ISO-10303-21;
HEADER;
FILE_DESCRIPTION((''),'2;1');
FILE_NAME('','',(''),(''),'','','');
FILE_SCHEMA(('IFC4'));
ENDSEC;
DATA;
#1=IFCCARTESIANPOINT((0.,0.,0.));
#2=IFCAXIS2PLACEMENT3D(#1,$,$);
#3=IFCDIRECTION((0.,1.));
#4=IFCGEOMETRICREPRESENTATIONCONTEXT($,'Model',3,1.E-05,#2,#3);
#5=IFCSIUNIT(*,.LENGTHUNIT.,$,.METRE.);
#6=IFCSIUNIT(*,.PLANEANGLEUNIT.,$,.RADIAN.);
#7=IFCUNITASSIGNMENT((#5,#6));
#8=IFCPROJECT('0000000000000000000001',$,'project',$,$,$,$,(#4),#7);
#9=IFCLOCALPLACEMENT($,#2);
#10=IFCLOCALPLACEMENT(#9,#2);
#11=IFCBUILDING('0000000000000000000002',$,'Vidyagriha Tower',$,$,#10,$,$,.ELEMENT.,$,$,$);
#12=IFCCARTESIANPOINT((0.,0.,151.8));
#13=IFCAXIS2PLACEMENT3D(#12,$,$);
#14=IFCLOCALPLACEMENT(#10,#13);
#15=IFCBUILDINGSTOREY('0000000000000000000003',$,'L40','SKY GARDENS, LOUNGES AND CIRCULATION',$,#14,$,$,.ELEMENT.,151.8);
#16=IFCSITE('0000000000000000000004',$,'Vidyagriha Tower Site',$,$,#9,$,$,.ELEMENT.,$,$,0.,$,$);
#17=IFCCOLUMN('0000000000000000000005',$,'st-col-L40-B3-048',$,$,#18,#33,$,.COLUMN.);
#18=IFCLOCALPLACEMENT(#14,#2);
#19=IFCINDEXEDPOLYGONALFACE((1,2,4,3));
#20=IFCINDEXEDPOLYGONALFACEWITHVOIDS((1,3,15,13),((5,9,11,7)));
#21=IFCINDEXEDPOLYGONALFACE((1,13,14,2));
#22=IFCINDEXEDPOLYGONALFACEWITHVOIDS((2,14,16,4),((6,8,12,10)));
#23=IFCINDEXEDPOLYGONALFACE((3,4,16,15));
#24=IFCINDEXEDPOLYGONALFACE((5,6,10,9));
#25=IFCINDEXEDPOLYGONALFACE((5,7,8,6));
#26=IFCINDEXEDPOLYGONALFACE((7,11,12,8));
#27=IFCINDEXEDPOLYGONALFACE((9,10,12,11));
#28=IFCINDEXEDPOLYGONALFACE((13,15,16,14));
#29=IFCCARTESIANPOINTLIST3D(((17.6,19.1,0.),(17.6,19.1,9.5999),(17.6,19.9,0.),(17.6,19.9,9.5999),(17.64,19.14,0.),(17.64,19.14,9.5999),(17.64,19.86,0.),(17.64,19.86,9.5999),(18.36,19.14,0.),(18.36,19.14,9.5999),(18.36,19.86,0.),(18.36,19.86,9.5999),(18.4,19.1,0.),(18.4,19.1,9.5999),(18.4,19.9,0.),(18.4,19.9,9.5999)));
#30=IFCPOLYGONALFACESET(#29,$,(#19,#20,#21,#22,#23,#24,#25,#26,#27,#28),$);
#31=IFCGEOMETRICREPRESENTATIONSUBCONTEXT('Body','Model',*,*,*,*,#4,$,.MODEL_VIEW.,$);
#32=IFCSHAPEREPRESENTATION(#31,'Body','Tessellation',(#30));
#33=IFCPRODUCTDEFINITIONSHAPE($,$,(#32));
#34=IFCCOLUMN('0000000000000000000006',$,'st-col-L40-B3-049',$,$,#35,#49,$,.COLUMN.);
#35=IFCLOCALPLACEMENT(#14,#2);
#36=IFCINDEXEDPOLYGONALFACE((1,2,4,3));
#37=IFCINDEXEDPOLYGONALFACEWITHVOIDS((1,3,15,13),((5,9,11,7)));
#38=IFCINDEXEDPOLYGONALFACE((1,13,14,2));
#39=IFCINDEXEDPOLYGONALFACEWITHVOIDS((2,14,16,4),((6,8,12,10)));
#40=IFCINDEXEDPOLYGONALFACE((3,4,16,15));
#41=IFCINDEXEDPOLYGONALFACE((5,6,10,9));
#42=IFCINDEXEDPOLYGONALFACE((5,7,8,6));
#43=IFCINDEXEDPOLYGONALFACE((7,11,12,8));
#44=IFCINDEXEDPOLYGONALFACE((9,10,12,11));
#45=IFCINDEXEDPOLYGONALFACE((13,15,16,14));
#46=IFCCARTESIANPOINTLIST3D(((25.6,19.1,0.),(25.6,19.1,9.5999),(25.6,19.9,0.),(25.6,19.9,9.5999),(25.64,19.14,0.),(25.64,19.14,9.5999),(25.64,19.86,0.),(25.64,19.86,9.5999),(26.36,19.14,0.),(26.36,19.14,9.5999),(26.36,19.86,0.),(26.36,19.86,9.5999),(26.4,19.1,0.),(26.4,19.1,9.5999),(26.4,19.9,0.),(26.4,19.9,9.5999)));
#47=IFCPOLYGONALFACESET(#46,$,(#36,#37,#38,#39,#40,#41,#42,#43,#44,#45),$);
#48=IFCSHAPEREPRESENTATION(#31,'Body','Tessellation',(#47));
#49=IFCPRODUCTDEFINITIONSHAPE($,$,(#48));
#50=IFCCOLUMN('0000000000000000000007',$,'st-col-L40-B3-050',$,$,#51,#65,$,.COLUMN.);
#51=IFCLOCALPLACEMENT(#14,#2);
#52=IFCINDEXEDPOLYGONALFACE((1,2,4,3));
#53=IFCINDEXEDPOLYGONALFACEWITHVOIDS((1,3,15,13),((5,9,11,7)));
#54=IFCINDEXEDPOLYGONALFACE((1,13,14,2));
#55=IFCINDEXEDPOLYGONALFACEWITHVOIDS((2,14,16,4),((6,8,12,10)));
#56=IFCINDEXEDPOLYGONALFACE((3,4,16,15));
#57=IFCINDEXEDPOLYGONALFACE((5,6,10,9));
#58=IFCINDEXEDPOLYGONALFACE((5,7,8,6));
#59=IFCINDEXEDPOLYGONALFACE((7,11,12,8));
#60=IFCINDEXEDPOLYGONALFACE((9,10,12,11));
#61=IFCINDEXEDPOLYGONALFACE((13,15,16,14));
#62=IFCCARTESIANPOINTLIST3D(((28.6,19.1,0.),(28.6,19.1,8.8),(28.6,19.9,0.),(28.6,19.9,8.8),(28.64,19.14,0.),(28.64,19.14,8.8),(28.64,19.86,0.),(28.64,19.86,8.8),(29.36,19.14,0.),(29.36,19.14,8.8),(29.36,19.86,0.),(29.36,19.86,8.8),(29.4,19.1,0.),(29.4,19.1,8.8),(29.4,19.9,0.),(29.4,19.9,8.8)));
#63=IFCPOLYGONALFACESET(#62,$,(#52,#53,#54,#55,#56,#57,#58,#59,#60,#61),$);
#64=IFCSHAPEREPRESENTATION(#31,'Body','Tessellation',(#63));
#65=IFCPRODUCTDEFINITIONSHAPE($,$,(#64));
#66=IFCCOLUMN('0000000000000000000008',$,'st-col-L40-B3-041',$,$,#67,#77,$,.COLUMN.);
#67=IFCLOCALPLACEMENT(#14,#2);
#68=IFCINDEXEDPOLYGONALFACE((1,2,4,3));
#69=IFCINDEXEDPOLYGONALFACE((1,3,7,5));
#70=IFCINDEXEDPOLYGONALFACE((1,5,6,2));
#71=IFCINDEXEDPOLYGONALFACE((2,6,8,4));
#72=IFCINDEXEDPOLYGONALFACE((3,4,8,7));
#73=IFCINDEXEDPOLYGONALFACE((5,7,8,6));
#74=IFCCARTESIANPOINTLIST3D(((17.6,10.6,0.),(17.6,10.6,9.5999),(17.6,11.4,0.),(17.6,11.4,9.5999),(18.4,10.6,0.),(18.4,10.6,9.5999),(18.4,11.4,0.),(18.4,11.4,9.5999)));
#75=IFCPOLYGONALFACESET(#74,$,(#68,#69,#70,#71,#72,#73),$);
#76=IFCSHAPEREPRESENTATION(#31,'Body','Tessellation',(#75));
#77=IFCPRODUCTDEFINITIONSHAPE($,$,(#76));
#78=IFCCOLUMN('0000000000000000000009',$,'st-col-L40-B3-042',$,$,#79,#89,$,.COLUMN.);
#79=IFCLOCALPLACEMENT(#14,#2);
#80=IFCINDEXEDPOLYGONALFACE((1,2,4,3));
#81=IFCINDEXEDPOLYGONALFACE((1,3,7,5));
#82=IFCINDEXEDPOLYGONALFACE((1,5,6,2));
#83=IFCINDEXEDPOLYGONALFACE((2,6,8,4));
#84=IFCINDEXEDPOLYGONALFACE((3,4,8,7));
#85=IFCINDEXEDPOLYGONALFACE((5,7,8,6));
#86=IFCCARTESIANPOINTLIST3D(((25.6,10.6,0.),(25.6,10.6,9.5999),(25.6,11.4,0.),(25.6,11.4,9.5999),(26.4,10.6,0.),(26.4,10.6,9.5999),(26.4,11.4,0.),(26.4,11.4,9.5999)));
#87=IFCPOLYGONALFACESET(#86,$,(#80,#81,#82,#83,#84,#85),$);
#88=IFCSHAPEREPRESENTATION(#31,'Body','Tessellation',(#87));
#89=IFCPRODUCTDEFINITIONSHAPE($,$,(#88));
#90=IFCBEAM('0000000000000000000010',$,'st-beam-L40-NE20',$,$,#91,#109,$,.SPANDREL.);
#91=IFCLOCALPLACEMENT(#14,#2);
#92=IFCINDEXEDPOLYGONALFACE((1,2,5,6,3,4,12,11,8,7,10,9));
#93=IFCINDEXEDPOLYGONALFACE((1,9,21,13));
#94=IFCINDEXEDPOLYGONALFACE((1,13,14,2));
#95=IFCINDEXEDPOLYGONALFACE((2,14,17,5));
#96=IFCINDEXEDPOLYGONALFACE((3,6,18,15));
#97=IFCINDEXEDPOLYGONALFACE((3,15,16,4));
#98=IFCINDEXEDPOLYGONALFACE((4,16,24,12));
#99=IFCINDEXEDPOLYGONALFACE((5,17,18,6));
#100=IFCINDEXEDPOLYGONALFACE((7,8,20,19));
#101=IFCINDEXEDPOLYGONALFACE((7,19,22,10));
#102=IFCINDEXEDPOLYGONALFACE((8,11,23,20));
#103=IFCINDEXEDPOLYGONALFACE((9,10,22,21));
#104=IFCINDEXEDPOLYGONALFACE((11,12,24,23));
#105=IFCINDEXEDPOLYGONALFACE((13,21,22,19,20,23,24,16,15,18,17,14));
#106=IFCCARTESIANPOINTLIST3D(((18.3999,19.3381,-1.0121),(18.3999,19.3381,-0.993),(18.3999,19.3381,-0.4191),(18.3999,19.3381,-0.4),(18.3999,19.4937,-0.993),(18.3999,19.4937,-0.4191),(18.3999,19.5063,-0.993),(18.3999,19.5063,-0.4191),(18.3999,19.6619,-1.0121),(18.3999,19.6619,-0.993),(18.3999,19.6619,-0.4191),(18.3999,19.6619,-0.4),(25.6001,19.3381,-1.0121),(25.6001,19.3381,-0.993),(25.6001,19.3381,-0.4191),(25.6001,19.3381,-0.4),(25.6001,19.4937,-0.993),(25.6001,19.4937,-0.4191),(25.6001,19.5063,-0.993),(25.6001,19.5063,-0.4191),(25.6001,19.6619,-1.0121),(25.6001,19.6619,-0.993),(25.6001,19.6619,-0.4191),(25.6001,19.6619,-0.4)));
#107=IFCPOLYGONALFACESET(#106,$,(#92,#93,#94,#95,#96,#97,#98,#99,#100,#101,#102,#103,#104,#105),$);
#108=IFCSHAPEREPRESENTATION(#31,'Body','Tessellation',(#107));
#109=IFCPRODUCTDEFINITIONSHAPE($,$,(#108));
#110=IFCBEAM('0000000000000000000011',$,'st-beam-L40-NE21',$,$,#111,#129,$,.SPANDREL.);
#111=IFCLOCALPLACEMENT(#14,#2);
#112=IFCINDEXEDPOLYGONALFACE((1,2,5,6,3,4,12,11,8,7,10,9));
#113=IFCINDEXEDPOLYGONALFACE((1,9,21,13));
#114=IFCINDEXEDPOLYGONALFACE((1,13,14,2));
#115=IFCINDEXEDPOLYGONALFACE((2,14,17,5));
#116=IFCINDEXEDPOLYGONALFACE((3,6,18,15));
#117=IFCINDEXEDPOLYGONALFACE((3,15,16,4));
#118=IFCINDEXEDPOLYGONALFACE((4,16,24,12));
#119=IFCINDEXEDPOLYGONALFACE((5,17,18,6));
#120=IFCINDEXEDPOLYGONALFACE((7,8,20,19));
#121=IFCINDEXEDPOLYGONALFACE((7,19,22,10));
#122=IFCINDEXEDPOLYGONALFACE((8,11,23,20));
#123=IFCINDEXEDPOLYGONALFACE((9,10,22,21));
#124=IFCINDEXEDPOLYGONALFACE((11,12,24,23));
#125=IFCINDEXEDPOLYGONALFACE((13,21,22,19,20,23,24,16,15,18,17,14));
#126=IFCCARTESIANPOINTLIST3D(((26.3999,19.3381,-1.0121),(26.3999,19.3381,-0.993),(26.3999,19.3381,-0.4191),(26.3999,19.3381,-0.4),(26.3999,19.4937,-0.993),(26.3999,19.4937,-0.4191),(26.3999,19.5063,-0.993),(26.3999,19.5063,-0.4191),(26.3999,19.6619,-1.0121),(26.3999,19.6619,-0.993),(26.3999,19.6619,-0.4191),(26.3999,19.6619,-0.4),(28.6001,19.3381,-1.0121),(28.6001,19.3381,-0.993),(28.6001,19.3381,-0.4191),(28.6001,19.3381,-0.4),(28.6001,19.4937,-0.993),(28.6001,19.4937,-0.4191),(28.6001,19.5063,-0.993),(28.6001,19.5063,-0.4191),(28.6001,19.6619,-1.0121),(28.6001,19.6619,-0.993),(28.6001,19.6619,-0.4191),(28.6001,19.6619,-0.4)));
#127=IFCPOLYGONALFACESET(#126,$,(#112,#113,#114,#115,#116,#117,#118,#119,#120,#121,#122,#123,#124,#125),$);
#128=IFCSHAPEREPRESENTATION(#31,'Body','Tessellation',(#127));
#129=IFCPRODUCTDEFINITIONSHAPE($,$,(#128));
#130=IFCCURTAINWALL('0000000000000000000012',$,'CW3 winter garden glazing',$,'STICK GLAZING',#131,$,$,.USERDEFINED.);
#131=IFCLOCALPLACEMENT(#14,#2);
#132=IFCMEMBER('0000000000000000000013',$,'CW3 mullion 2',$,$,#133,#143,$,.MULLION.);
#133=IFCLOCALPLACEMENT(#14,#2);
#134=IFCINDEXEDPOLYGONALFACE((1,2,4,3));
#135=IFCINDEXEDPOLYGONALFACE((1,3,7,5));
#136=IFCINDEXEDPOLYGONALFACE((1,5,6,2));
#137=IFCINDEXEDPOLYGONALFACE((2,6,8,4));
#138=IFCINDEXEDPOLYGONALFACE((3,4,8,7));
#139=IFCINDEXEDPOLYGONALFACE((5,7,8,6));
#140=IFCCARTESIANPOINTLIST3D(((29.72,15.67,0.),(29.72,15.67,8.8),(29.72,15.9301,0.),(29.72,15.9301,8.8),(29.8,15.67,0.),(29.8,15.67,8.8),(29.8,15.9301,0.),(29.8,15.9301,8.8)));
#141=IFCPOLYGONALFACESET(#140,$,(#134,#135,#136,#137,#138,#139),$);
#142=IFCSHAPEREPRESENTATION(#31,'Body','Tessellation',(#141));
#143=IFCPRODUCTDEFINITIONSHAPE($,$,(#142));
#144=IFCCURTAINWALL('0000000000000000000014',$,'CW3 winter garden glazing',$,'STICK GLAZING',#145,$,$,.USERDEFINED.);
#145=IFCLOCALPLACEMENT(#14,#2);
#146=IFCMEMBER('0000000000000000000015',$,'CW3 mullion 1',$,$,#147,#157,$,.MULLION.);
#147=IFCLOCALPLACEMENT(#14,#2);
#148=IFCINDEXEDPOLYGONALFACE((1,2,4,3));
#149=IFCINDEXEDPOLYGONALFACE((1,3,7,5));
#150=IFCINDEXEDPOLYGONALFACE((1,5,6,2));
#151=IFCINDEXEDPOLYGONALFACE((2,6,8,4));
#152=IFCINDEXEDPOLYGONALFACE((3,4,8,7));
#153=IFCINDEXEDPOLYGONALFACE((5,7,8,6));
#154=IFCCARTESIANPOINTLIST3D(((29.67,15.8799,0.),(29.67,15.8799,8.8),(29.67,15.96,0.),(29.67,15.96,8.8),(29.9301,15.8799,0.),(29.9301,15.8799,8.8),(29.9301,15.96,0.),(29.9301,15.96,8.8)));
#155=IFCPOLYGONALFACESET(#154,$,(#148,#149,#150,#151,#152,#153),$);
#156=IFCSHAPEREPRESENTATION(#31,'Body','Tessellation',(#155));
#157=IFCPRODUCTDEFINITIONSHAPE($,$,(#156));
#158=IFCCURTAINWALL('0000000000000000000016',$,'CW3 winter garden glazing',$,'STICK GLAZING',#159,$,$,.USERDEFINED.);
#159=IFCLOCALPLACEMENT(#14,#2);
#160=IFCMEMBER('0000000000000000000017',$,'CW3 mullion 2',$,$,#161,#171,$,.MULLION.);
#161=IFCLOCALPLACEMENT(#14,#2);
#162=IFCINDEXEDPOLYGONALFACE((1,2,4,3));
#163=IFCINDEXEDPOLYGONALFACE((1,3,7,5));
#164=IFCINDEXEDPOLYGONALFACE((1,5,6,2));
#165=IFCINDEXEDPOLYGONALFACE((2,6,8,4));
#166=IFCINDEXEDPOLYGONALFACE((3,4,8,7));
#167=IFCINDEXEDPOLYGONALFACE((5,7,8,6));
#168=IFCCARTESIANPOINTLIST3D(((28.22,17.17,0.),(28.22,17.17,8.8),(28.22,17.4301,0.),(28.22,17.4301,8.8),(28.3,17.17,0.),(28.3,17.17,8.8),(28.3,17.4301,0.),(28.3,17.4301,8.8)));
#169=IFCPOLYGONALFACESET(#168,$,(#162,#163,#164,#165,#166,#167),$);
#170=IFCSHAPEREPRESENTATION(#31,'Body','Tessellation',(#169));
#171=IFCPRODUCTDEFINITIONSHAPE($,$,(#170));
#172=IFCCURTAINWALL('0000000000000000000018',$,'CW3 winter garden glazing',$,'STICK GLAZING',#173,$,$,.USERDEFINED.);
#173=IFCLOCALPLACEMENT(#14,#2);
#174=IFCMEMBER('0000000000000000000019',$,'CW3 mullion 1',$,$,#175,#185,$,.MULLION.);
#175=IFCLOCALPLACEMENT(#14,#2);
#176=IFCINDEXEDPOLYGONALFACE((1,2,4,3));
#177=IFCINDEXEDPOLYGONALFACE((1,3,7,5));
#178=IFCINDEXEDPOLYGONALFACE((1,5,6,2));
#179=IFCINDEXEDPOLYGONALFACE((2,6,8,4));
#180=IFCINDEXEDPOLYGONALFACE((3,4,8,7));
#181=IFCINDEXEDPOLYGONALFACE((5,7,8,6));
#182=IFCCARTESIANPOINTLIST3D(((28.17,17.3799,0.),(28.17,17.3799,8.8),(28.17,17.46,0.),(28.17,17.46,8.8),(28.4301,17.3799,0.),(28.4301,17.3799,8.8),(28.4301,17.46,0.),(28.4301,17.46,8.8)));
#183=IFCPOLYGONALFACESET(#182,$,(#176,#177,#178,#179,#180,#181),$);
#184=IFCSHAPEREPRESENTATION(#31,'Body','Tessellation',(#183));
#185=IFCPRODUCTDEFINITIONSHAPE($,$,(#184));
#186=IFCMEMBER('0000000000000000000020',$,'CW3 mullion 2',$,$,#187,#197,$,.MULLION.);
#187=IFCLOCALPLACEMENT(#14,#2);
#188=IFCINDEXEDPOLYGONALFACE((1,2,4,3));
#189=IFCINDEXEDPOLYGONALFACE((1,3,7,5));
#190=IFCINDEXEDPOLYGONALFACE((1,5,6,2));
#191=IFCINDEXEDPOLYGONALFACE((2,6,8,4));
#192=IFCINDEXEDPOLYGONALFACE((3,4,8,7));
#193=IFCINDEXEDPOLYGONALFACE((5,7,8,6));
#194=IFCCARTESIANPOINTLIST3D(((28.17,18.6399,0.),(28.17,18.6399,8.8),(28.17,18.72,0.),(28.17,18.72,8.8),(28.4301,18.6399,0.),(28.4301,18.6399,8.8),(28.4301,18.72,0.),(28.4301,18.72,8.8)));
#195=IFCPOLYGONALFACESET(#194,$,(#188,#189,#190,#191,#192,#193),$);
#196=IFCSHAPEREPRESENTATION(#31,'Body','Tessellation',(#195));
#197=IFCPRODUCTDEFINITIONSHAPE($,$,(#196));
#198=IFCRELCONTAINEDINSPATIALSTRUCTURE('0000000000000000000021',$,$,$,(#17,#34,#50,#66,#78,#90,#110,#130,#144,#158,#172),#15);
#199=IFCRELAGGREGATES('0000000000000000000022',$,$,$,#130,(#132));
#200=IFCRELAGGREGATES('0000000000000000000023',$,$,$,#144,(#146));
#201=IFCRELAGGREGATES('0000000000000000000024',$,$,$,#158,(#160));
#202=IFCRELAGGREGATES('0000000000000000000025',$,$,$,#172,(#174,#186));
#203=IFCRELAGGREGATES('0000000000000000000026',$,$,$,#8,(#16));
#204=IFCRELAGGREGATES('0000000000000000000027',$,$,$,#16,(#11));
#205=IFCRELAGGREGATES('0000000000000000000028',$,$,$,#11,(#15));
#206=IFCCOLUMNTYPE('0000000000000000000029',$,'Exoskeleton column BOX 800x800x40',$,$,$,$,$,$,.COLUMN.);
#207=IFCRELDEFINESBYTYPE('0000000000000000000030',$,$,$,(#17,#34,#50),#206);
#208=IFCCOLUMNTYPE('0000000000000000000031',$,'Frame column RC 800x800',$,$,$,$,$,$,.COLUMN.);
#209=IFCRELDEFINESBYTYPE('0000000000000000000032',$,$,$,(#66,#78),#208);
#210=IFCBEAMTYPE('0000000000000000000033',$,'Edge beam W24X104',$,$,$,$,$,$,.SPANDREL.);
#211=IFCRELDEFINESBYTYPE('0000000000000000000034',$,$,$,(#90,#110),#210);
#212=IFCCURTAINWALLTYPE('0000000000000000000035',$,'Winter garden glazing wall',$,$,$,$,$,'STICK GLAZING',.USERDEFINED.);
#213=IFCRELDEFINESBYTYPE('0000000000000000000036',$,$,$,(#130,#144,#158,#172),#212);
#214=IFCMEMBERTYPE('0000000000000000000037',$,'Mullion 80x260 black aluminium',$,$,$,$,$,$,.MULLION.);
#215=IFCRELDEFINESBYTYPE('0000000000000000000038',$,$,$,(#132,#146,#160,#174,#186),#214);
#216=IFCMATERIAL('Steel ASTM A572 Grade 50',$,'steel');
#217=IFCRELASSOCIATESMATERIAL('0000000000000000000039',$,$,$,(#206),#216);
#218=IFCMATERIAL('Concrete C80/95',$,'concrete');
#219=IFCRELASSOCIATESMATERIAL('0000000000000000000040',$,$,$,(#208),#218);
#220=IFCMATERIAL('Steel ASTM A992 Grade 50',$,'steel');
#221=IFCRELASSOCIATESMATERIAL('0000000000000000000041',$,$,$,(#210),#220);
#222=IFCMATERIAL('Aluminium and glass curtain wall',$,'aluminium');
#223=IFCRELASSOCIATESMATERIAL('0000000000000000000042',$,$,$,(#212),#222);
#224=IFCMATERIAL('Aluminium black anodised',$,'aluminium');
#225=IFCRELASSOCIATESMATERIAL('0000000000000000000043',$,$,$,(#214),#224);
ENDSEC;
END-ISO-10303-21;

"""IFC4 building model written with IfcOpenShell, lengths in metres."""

from ifc_helpers import new_model, si_unit, direction, frame, origin, origin_2d, place, context, subcontext, project, spatial, rectangle, hollow_rectangle, i_section, extrude, material, material_profile, profile_set, type_object, element, aggregate, save


model = new_model("IFC4")

# Units and contexts
model_context = context("Model", 3, precision=1e-05, world=origin(), true_north=direction((0.0, 1.0)))
body_context = subcontext(model_context, "Body", "Model", "MODEL_VIEW")
ifc_project = project(units=[si_unit("LENGTHUNIT", "METRE"), si_unit("PLANEANGLEUNIT", "RADIAN")], contexts=[model_context])

# Site, building, storey
site_placement = place(None, origin())
site = spatial("IfcSite", under=ifc_project, at=site_placement, Name="Vidyagriha Tower Site", CompositionType="ELEMENT", RefElevation=0.0)
building_placement = place(site_placement, origin())
building = spatial("IfcBuilding", under=site, at=building_placement, Name="Vidyagriha Tower", CompositionType="ELEMENT")
storey_placement = place(building_placement, frame((0.0, 0.0, 151.8)))
storey = spatial("IfcBuildingStorey", under=building, at=storey_placement, Name="L40", Description="SKY GARDENS, LOUNGES AND CIRCULATION", CompositionType="ELEMENT", Elevation=151.8)

# Columns
ifc_material_1 = material(Name="Steel ASTM A572 Grade 50", Category="steel")
ifc_material_profile_1 = material_profile(ifc_material_1, hollow_rectangle(XDim=0.8, YDim=0.8, WallThickness=0.04, at=origin_2d()), Name="BOX 800x800x40")
ifc_profile_set_1 = profile_set([ifc_material_profile_1], Name="Steel ASTM A572 Grade 50")
column_type_1 = type_object("IfcColumnType", Name="Exoskeleton column BOX 800x800x40", PredefinedType="COLUMN", material=ifc_profile_set_1)
for number, where, name in (
    (1, (18.0, 19.5, 0.0), "st-col-L40-B3-048"),
    (2, (26.0, 19.5, 0.0), "st-col-L40-B3-049"),
):
    element("IfcColumn", number, at=place(storey_placement, frame(where)), inside=storey, type_object=column_type_1, Name=name, PredefinedType="COLUMN", context=body_context, shape_type="SweptSolid", body=[
        extrude(hollow_rectangle(XDim=0.8, YDim=0.8, WallThickness=0.04, at=origin_2d()), origin(), (0.0, 0.0, 1.0), 9.5999),
    ])
column_placement = place(storey_placement, frame((29.0, 19.5, 0.0)))
element("IfcColumn", 3, at=column_placement, inside=storey, type_object=column_type_1, Name="st-col-L40-B3-050", PredefinedType="COLUMN", context=body_context, shape_type="SweptSolid", body=[
    extrude(hollow_rectangle(XDim=0.8, YDim=0.8, WallThickness=0.04, at=origin_2d()), origin(), (0.0, 0.0, 1.0), 8.8),
])
ifc_material_2 = material(Name="Concrete C80/95", Category="concrete")
ifc_material_profile_2 = material_profile(ifc_material_2, rectangle(XDim=0.8, YDim=0.8, at=origin_2d()), Name="RC 800x800")
ifc_profile_set_2 = profile_set([ifc_material_profile_2], Name="Concrete C80/95")
column_type_2 = type_object("IfcColumnType", Name="Frame column RC 800x800", PredefinedType="COLUMN", material=ifc_profile_set_2)
for number, where, name in (
    (4, (18.0, 11.0, 0.0), "st-col-L40-B3-041"),
    (5, (26.0, 11.0, 0.0), "st-col-L40-B3-042"),
):
    element("IfcColumn", number, at=place(storey_placement, frame(where)), inside=storey, type_object=column_type_2, Name=name, PredefinedType="COLUMN", context=body_context, shape_type="SweptSolid", body=[
        extrude(rectangle(XDim=0.8, YDim=0.8, at=origin_2d()), origin(), (0.0, 0.0, 1.0), 9.5999),
    ])

# Beams
ifc_material_3 = material(Name="Steel ASTM A992 Grade 50", Category="steel")
ifc_material_profile_3 = material_profile(ifc_material_3, i_section(OverallWidth=0.3237, OverallDepth=0.6121, WebThickness=0.0127, FlangeThickness=0.019, at=origin_2d()), Name="W24X104")
ifc_profile_set_3 = profile_set([ifc_material_profile_3], Name="Steel ASTM A992 Grade 50")
beam_type = type_object("IfcBeamType", Name="Edge beam W24X104", PredefinedType="SPANDREL", material=ifc_profile_set_3)
beam_1_placement = place(storey_placement, frame((18.3999, 19.5, -0.7061), z_axis=(1.0, 0.0, 0.0), x_axis=(0.0, 1.0, 0.0)))
element("IfcBeam", 6, at=beam_1_placement, inside=storey, type_object=beam_type, Name="st-beam-L40-NE20", PredefinedType="SPANDREL", context=body_context, shape_type="SweptSolid", body=[
    extrude(i_section(OverallWidth=0.3237, OverallDepth=0.6121, WebThickness=0.0127, FlangeThickness=0.019, at=origin_2d()), origin(), (0.0, 0.0, 1.0), 7.2002),
])
beam_2_placement = place(storey_placement, frame((26.3999, 19.5, -0.7061), z_axis=(1.0, 0.0, 0.0), x_axis=(0.0, 1.0, 0.0)))
element("IfcBeam", 7, at=beam_2_placement, inside=storey, type_object=beam_type, Name="st-beam-L40-NE21", PredefinedType="SPANDREL", context=body_context, shape_type="SweptSolid", body=[
    extrude(i_section(OverallWidth=0.3237, OverallDepth=0.6121, WebThickness=0.0127, FlangeThickness=0.019, at=origin_2d()), origin(), (0.0, 0.0, 1.0), 2.2002),
])

# Curtain walls, members
ifc_material_4 = material(Name="Aluminium and glass curtain wall", Category="aluminium")
curtain_wall_type = type_object("IfcCurtainWallType", Name="Winter garden glazing wall", ElementType="STICK GLAZING", PredefinedType="USERDEFINED", material=ifc_material_4)
curtain_wall_1_placement = place(storey_placement, origin())
curtain_wall_1 = element("IfcCurtainWall", 8, at=curtain_wall_1_placement, inside=storey, type_object=curtain_wall_type, Name="CW3 winter garden glazing", ObjectType="STICK GLAZING", PredefinedType="USERDEFINED")
ifc_material_5 = material(Name="Aluminium black anodised", Category="aluminium")
ifc_material_profile_4 = material_profile(ifc_material_5, rectangle(XDim=0.26, YDim=0.0801, at=origin_2d()), Name="Mullion 80x260 black aluminium")
ifc_profile_set_4 = profile_set([ifc_material_profile_4], Name="Aluminium black anodised")
member_type_1 = type_object("IfcMemberType", Name="Mullion 80x260 black aluminium", PredefinedType="MULLION", material=ifc_profile_set_4)
member_1_placement = place(storey_placement, frame((29.76, 15.8, 0.0), z_axis=(0.0, 0.0, 1.0), x_axis=(0.0, -1.0, 0.0)))
member_1 = element("IfcMember", 9, at=member_1_placement, type_object=member_type_1, Name="CW3 mullion 2", PredefinedType="MULLION", context=body_context, shape_type="SweptSolid", body=[
    extrude(rectangle(XDim=0.26, YDim=0.0801, at=origin_2d()), origin(), (0.0, 0.0, 1.0), 8.8),
])
aggregate(curtain_wall_1, [member_1])
curtain_wall_2_placement = place(storey_placement, origin())
curtain_wall_2 = element("IfcCurtainWall", 10, at=curtain_wall_2_placement, inside=storey, type_object=curtain_wall_type, Name="CW3 winter garden glazing", ObjectType="STICK GLAZING", PredefinedType="USERDEFINED")
member_2_placement = place(storey_placement, frame((29.8, 15.9199, 0.0), z_axis=(0.0, 0.0, 1.0), x_axis=(-1.0, 0.0, 0.0)))
member_2 = element("IfcMember", 11, at=member_2_placement, type_object=member_type_1, Name="CW3 mullion 1", PredefinedType="MULLION", context=body_context, shape_type="SweptSolid", body=[
    extrude(rectangle(XDim=0.26, YDim=0.0801, at=origin_2d()), origin(), (0.0, 0.0, 1.0), 8.8),
])
curtain_wall_3_placement = place(storey_placement, origin())
curtain_wall_3 = element("IfcCurtainWall", 12, at=curtain_wall_3_placement, inside=storey, type_object=curtain_wall_type, Name="CW3 winter garden glazing", ObjectType="STICK GLAZING", PredefinedType="USERDEFINED")
member_3_placement = place(storey_placement, frame((28.26, 17.3, 0.0), z_axis=(0.0, 0.0, 1.0), x_axis=(0.0, -1.0, 0.0)))
member_3 = element("IfcMember", 13, at=member_3_placement, type_object=member_type_1, Name="CW3 mullion 2", PredefinedType="MULLION", context=body_context, shape_type="SweptSolid", body=[
    extrude(rectangle(XDim=0.26, YDim=0.0801, at=origin_2d()), origin(), (0.0, 0.0, 1.0), 8.8),
])

# Curtain wall, members
curtain_wall_4_placement = place(storey_placement, origin())
curtain_wall_4 = element("IfcCurtainWall", 14, at=curtain_wall_4_placement, inside=storey, type_object=curtain_wall_type, Name="CW3 winter garden glazing", ObjectType="STICK GLAZING", PredefinedType="USERDEFINED")
member_4_placement = place(storey_placement, frame((28.3, 17.4199, 0.0), z_axis=(0.0, 0.0, 1.0), x_axis=(-1.0, 0.0, 0.0)))
member_4 = element("IfcMember", 15, at=member_4_placement, type_object=member_type_1, Name="CW3 mullion 1", PredefinedType="MULLION", context=body_context, shape_type="SweptSolid", body=[
    extrude(rectangle(XDim=0.26, YDim=0.0801, at=origin_2d()), origin(), (0.0, 0.0, 1.0), 8.8),
])
member_5_placement = place(storey_placement, frame((28.3, 18.6799, 0.0), z_axis=(0.0, 0.0, 1.0), x_axis=(-1.0, 0.0, 0.0)))
member_5 = element("IfcMember", 16, at=member_5_placement, type_object=member_type_1, Name="CW3 mullion 2", PredefinedType="MULLION", context=body_context, shape_type="SweptSolid", body=[
    extrude(rectangle(XDim=0.26, YDim=0.0801, at=origin_2d()), origin(), (0.0, 0.0, 1.0), 8.8),
])

aggregate(curtain_wall_2, [member_2])

aggregate(curtain_wall_3, [member_3])
aggregate(curtain_wall_4, [member_4, member_5])

save(model, "model.ifc")
